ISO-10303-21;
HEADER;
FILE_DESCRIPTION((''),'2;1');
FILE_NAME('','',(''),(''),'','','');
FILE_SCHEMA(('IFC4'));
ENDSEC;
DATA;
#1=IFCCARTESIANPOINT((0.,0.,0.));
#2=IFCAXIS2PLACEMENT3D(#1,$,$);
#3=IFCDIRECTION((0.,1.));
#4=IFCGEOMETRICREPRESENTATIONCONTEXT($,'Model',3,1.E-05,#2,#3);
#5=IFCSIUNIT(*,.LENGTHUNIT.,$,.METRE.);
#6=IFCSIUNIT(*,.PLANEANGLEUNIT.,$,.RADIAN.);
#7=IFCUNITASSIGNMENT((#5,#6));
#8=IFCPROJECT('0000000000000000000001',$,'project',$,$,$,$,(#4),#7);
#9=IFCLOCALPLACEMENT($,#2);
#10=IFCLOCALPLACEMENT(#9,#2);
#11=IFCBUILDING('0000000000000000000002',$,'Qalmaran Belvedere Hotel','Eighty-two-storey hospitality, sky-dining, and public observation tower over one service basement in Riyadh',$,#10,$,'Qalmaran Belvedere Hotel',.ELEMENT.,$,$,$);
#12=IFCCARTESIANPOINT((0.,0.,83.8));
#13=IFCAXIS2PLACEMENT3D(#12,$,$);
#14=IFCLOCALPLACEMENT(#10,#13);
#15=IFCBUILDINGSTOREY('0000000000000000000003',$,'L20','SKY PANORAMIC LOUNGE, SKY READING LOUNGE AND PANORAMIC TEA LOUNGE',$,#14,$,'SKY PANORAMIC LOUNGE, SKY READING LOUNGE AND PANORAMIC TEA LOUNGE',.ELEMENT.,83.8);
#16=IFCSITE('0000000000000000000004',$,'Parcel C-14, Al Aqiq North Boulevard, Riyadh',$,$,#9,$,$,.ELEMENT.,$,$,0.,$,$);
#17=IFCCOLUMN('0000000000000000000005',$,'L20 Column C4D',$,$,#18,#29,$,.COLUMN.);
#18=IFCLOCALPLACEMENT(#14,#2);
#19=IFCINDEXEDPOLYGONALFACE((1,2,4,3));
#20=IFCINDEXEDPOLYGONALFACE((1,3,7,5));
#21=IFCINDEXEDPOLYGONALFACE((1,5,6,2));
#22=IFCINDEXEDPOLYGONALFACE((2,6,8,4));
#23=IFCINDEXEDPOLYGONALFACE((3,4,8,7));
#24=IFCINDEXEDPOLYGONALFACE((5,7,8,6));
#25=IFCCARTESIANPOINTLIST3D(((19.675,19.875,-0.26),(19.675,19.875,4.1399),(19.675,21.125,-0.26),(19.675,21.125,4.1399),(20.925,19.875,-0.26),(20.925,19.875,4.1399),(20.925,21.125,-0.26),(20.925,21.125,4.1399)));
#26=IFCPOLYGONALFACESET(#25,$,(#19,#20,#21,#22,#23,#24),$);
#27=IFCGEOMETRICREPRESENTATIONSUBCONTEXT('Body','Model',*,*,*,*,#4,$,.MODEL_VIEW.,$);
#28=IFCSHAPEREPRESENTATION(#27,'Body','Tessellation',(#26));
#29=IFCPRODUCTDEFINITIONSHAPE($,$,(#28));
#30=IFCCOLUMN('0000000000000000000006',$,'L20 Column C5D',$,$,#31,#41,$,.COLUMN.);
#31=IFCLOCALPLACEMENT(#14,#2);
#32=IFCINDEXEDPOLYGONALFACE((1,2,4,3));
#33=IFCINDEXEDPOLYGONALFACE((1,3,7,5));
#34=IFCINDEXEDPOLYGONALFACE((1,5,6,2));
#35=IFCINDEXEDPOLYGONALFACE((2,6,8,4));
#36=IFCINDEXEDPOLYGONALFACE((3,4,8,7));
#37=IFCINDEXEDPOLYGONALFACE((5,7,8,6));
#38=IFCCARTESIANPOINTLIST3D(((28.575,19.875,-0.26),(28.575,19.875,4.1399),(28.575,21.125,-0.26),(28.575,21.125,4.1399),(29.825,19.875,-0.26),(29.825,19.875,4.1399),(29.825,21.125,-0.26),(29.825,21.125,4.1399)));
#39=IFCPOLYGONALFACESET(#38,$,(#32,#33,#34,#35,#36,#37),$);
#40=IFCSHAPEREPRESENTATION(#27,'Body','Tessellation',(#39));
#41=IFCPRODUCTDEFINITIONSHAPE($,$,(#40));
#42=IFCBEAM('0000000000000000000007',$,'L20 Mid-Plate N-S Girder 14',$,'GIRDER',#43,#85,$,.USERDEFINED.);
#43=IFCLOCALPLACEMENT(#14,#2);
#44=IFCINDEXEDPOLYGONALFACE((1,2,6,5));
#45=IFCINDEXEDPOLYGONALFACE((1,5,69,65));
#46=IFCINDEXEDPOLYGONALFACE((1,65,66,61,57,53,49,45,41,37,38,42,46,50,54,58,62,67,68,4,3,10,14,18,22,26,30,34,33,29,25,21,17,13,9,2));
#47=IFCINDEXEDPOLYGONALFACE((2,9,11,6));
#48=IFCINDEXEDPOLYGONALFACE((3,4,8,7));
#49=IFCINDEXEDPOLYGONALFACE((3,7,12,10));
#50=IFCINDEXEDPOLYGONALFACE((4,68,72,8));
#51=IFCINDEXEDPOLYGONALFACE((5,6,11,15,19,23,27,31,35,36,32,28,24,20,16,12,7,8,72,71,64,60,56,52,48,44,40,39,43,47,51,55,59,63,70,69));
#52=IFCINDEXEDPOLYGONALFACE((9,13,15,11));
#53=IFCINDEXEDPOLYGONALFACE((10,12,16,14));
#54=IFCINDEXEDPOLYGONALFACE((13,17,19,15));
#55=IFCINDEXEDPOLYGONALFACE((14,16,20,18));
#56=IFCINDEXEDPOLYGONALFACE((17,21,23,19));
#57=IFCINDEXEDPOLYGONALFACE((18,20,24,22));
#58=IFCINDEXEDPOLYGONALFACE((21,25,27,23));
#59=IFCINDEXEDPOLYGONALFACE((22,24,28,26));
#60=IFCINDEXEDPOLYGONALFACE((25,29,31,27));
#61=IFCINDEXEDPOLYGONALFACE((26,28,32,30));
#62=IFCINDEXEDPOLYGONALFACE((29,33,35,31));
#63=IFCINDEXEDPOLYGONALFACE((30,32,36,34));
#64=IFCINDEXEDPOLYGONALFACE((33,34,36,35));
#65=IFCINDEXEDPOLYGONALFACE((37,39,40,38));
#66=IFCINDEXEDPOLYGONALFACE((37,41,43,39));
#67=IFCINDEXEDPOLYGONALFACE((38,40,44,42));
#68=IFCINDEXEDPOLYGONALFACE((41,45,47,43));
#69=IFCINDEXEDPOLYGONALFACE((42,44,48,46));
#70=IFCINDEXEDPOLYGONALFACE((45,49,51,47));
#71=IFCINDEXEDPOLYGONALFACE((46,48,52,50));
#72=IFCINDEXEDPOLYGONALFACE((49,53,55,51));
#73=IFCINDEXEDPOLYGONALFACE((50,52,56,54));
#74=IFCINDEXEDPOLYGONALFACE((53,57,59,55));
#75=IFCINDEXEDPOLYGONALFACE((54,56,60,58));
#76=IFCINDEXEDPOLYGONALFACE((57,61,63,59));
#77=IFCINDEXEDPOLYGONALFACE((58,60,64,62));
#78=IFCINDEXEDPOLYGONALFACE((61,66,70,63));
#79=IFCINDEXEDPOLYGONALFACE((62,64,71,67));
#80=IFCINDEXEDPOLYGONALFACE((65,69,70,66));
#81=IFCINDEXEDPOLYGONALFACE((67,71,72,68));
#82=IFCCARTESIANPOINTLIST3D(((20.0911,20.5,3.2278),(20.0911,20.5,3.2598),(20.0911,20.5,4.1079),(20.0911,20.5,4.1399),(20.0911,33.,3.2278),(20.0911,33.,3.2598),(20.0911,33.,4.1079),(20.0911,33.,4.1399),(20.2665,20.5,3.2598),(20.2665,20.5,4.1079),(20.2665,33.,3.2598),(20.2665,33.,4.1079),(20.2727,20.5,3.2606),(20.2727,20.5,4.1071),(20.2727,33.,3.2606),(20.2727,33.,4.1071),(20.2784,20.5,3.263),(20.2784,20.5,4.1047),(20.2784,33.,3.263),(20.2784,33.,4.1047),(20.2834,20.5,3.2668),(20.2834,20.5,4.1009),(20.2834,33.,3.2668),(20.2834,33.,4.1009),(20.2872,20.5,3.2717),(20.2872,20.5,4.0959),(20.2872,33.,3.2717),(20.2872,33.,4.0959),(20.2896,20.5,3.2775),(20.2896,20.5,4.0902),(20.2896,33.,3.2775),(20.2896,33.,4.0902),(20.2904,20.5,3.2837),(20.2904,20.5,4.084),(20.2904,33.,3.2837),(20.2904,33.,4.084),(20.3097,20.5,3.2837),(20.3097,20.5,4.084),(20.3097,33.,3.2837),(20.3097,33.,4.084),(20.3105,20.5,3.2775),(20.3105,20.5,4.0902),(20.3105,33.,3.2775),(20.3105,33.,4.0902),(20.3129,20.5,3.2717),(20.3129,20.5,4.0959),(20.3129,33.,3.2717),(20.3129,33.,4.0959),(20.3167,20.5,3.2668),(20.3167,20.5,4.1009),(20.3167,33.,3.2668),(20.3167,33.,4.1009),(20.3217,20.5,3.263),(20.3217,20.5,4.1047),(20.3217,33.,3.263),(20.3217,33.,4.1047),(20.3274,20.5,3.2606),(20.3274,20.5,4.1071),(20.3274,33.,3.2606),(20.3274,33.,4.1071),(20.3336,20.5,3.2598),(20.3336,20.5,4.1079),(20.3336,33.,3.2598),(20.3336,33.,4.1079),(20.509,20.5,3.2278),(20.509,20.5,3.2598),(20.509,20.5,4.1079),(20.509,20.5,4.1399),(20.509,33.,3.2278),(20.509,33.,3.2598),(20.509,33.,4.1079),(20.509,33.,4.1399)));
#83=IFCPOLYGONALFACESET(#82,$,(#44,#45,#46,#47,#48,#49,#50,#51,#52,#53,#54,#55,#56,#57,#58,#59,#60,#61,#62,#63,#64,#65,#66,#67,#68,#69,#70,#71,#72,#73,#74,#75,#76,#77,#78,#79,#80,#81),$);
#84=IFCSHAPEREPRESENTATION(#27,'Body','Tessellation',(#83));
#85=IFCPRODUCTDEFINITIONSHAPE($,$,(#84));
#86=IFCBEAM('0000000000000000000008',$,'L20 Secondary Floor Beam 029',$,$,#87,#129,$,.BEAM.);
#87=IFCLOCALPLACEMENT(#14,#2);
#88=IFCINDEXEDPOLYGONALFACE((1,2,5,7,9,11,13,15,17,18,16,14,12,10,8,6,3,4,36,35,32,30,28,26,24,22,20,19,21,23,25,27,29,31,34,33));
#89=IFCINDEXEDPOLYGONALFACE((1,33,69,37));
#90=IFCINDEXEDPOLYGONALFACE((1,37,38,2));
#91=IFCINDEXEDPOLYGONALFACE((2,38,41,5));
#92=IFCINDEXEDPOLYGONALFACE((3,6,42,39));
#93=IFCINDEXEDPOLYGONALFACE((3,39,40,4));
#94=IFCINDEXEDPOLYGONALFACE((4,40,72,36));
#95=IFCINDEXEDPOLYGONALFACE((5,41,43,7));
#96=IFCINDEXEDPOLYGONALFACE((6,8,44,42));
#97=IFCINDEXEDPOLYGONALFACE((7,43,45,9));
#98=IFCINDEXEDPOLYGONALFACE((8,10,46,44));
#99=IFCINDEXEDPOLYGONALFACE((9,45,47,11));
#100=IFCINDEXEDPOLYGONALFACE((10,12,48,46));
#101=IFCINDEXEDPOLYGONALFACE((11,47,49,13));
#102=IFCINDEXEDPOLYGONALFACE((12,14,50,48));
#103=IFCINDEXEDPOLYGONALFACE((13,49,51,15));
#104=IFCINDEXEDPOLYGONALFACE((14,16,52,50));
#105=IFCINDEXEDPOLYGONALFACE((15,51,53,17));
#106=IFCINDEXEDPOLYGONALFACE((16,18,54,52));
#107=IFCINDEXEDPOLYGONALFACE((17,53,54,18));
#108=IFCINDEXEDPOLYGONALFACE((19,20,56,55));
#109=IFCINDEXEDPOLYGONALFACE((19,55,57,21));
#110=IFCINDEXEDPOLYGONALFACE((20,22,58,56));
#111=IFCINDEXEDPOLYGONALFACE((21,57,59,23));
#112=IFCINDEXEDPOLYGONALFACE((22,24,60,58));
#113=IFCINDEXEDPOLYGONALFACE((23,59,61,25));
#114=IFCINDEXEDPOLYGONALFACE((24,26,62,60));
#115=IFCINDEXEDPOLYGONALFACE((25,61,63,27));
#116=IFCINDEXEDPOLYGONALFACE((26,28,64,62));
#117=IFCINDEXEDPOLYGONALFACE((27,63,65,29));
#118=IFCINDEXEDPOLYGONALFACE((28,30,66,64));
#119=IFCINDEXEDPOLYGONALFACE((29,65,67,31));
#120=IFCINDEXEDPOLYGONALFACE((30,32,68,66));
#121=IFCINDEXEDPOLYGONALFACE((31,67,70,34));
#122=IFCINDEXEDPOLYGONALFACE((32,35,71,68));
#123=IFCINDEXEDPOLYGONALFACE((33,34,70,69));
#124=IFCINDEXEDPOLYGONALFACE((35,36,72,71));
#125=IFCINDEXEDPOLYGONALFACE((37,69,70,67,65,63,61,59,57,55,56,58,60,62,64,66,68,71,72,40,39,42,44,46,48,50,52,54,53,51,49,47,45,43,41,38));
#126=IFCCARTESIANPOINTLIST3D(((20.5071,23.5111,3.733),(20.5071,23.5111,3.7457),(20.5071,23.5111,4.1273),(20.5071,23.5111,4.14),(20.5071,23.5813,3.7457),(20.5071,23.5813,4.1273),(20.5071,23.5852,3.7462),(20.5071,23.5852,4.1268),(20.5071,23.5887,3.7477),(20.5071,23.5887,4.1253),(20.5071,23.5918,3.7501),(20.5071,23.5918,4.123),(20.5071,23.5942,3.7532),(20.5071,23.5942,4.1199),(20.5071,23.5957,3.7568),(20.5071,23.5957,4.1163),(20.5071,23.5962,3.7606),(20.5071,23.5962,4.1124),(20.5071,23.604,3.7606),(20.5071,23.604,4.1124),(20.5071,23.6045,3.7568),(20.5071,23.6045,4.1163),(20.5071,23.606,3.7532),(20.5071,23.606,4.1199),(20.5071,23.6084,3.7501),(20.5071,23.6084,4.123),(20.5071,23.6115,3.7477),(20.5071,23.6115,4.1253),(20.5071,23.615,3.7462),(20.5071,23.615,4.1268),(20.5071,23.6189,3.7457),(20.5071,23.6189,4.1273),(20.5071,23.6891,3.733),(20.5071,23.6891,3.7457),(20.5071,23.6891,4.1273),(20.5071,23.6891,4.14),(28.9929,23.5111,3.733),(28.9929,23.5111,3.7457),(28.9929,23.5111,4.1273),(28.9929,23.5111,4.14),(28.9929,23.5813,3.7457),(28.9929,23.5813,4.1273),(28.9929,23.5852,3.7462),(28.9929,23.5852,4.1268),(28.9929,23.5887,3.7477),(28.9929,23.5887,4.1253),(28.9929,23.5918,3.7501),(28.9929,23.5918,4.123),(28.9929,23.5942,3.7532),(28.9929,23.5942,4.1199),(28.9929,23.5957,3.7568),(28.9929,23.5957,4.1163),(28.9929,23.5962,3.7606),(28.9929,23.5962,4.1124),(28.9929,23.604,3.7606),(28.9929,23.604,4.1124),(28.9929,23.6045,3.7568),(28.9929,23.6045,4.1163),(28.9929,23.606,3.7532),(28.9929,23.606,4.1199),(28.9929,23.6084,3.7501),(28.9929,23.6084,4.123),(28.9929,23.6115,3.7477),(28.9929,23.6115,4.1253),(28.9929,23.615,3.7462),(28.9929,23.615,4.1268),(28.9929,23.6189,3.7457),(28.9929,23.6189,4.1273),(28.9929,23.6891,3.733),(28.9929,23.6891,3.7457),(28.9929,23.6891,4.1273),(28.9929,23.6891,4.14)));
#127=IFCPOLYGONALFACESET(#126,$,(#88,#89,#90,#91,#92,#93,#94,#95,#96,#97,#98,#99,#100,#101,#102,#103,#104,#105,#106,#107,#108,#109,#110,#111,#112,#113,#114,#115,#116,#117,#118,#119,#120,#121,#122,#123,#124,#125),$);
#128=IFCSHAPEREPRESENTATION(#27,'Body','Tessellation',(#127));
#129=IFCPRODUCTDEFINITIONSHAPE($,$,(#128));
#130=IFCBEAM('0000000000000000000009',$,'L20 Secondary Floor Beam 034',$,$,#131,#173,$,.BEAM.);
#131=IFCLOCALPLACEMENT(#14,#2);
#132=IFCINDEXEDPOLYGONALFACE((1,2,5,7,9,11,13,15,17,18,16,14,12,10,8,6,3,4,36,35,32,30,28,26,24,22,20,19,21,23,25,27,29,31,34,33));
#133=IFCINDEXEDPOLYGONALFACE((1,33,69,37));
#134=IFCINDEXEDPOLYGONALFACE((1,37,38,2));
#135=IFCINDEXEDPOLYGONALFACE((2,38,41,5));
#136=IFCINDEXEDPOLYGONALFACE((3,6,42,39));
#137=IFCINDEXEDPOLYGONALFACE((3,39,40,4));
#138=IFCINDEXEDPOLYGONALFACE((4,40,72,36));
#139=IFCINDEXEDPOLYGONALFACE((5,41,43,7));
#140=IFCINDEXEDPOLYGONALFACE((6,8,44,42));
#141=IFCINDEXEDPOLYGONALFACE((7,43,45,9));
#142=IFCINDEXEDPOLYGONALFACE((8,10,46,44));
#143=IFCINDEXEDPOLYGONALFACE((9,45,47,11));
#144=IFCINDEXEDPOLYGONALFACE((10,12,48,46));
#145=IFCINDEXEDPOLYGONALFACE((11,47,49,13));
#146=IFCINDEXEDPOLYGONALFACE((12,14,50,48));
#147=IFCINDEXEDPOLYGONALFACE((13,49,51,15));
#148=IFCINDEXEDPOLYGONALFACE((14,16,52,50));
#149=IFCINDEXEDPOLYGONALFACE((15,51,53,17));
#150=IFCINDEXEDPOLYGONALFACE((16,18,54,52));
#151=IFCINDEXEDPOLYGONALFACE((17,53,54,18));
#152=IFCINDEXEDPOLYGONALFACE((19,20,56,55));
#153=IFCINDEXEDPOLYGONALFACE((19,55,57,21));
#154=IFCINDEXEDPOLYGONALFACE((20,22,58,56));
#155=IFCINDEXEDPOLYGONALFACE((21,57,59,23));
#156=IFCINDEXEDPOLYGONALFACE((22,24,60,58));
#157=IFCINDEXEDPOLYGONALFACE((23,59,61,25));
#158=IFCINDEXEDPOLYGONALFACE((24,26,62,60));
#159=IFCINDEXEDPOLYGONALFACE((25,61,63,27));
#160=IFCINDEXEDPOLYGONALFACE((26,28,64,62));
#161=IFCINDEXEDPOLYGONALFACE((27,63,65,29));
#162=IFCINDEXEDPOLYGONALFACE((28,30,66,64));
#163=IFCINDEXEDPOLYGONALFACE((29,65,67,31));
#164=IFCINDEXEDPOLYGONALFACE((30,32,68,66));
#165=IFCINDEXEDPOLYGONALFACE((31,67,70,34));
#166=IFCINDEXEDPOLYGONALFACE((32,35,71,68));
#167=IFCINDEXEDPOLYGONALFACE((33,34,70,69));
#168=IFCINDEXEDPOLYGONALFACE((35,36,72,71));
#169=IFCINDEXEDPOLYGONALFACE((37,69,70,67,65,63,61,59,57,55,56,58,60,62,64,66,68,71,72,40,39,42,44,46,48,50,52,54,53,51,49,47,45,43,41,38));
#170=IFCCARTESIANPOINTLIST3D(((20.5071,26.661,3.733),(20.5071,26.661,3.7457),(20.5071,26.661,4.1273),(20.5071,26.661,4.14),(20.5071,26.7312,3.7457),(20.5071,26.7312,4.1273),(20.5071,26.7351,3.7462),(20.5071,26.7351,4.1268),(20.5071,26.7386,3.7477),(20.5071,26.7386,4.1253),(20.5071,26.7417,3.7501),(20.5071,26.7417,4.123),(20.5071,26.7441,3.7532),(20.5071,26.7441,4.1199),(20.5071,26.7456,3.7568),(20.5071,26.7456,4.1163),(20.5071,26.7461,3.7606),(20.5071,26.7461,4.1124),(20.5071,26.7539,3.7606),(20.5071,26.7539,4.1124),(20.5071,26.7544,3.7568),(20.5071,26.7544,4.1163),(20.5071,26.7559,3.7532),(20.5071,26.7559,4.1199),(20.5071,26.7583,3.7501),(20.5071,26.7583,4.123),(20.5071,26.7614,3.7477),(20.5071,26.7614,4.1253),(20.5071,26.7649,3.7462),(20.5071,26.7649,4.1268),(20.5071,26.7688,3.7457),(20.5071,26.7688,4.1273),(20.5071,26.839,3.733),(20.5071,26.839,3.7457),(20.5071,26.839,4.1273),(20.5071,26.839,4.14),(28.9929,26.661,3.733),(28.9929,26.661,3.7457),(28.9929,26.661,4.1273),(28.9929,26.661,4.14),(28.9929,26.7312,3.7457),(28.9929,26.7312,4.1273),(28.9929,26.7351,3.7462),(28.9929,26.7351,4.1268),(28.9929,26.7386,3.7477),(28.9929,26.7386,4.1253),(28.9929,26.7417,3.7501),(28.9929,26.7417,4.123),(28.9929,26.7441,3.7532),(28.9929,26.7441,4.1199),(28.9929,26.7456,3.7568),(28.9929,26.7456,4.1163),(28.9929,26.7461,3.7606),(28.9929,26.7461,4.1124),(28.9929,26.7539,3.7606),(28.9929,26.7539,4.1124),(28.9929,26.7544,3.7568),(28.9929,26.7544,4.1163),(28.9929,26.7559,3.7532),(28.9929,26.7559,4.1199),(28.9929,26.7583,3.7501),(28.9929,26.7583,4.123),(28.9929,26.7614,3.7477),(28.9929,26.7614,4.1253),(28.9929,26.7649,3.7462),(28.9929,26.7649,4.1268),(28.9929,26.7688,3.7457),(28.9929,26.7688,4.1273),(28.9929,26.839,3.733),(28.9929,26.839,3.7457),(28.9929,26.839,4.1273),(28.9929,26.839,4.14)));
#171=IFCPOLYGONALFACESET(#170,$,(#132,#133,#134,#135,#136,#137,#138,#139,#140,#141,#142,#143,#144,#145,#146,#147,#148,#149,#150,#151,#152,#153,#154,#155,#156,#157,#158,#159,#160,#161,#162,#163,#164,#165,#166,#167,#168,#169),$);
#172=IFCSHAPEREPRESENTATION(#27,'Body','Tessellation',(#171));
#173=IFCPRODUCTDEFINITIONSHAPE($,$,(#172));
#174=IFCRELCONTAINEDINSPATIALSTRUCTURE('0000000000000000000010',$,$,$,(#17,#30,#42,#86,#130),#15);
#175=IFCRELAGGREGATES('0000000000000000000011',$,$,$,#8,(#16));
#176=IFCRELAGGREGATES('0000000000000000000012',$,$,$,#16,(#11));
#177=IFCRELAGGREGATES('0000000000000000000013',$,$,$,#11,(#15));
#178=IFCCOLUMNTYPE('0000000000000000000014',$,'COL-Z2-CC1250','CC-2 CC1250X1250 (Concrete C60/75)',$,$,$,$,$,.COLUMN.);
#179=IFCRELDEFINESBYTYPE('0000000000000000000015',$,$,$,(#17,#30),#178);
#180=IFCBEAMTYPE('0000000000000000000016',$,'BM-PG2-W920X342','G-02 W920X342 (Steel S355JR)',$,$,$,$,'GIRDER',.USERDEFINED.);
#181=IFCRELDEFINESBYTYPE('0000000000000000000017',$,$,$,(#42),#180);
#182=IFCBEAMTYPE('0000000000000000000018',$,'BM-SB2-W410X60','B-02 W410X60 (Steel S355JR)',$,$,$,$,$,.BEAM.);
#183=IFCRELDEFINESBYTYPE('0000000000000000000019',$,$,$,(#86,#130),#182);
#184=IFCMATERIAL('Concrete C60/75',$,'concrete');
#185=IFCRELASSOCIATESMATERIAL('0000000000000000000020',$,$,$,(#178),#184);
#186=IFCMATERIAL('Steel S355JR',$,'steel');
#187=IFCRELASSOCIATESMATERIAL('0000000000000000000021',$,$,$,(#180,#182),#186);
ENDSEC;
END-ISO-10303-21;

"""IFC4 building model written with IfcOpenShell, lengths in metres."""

from ifc_helpers import new_model, si_unit, direction, frame, origin, origin_2d, place, context, subcontext, project, spatial, rectangle, i_section, extrude, material, material_profile, profile_set, type_object, element, save


model = new_model("IFC4")

# Units and contexts
model_context = context("Model", 3, precision=1e-05, world=origin(), true_north=direction((0.0, 1.0)))
body_context = subcontext(model_context, "Body", "Model", "MODEL_VIEW")
ifc_project = project(units=[si_unit("LENGTHUNIT", "METRE"), si_unit("PLANEANGLEUNIT", "RADIAN")], contexts=[model_context])

# Site, building, storey
site_placement = place(None, origin())
site = spatial("IfcSite", under=ifc_project, at=site_placement, Name="Parcel C-14, Al Aqiq North Boulevard, Riyadh", CompositionType="ELEMENT", RefElevation=0.0)
building_placement = place(site_placement, origin())
building = spatial("IfcBuilding", under=site, at=building_placement, Name="Qalmaran Belvedere Hotel", Description="Eighty-two-storey hospitality, sky-dining, and public observation tower over one service basement in Riyadh", LongName="Qalmaran Belvedere Hotel", CompositionType="ELEMENT")
storey_placement = place(building_placement, frame((0.0, 0.0, 83.8)))
storey = spatial("IfcBuildingStorey", under=building, at=storey_placement, Name="L20", Description="SKY PANORAMIC LOUNGE, SKY READING LOUNGE AND PANORAMIC TEA LOUNGE", LongName="SKY PANORAMIC LOUNGE, SKY READING LOUNGE AND PANORAMIC TEA LOUNGE", CompositionType="ELEMENT", Elevation=83.8)

# Columns
ifc_material_1 = material(Name="Concrete C60/75", Category="concrete")
ifc_material_profile_1 = material_profile(ifc_material_1, rectangle(XDim=1.25, YDim=1.25, at=origin_2d()), Name="CC1250X1250")
ifc_profile_set_1 = profile_set([ifc_material_profile_1], Name="Concrete C60/75")
column_type = type_object("IfcColumnType", Name="COL-Z2-CC1250", Description="CC-2 CC1250X1250 (Concrete C60/75)", PredefinedType="COLUMN", material=ifc_profile_set_1)
for number, where, z_axis, x_axis, name in (
    (1, (20.3, 20.5, -0.26), (0.0, 0.0, 1.0), (1.0, 0.0, 0.0), "L20 Column C4D"),
    (2, (29.2, 20.5, -0.26), (0.0, 0.0, 1.0), (1.0, 0.0, 0.0), "L20 Column C5D"),
):
    element("IfcColumn", number, at=place(storey_placement, frame(where, z_axis=z_axis, x_axis=x_axis)), inside=storey, type_object=column_type, Name=name, PredefinedType="COLUMN", context=body_context, shape_type="SweptSolid", body=[
        extrude(rectangle(XDim=1.25, YDim=1.25, at=origin_2d()), origin(), (0.0, 0.0, 1.0), 4.3999),
    ])

# Beams
ifc_material_2 = material(Name="Steel S355JR", Category="steel")
ifc_material_profile_2 = material_profile(ifc_material_2, i_section(OverallWidth=0.418, OverallDepth=0.9121, WebThickness=0.0193, FlangeThickness=0.032, FilletRadius=0.0239, at=origin_2d()), Name="W920X342")
ifc_profile_set_2 = profile_set([ifc_material_profile_2], Name="Steel S355JR")
beam_type_1 = type_object("IfcBeamType", Name="BM-PG2-W920X342", Description="G-02 W920X342 (Steel S355JR)", ElementType="GIRDER", PredefinedType="USERDEFINED", material=ifc_profile_set_2)
beam_1_placement = place(storey_placement, frame((20.3, 20.5, 3.6838), z_axis=(0.0, 1.0, 0.0), x_axis=(-1.0, 0.0, 0.0)))
element("IfcBeam", 3, at=beam_1_placement, inside=storey, type_object=beam_type_1, Name="L20 Mid-Plate N-S Girder 14", ObjectType="GIRDER", PredefinedType="USERDEFINED", context=body_context, shape_type="SweptSolid", body=[
    extrude(i_section(OverallWidth=0.418, OverallDepth=0.9121, WebThickness=0.0193, FlangeThickness=0.032, FilletRadius=0.0239, at=origin_2d()), origin(), (0.0, 0.0, 1.0), 12.5),
])
ifc_material_profile_3 = material_profile(ifc_material_2, i_section(OverallWidth=0.178, OverallDepth=0.407, WebThickness=0.0078, FlangeThickness=0.0127, FilletRadius=0.0149, at=origin_2d()), Name="W410X60")
ifc_profile_set_3 = profile_set([ifc_material_profile_3], Name="Steel S355JR")
beam_type_2 = type_object("IfcBeamType", Name="BM-SB2-W410X60", Description="B-02 W410X60 (Steel S355JR)", PredefinedType="BEAM", material=ifc_profile_set_3)
for number, where, z_axis, x_axis, name in (
    (4, (20.5071, 23.6001, 3.9365), (1.0, 0.0, 0.0), (0.0, 1.0, 0.0), "L20 Secondary Floor Beam 029"),
    (5, (20.5071, 26.75, 3.9365), (1.0, 0.0, 0.0), (0.0, 1.0, 0.0), "L20 Secondary Floor Beam 034"),
):
    element("IfcBeam", number, at=place(storey_placement, frame(where, z_axis=z_axis, x_axis=x_axis)), inside=storey, type_object=beam_type_2, Name=name, PredefinedType="BEAM", context=body_context, shape_type="SweptSolid", body=[
        extrude(i_section(OverallWidth=0.178, OverallDepth=0.407, WebThickness=0.0078, FlangeThickness=0.0127, FilletRadius=0.0149, at=origin_2d()), origin(), (0.0, 0.0, 1.0), 8.4858),
    ])

save(model, "model.ifc")
